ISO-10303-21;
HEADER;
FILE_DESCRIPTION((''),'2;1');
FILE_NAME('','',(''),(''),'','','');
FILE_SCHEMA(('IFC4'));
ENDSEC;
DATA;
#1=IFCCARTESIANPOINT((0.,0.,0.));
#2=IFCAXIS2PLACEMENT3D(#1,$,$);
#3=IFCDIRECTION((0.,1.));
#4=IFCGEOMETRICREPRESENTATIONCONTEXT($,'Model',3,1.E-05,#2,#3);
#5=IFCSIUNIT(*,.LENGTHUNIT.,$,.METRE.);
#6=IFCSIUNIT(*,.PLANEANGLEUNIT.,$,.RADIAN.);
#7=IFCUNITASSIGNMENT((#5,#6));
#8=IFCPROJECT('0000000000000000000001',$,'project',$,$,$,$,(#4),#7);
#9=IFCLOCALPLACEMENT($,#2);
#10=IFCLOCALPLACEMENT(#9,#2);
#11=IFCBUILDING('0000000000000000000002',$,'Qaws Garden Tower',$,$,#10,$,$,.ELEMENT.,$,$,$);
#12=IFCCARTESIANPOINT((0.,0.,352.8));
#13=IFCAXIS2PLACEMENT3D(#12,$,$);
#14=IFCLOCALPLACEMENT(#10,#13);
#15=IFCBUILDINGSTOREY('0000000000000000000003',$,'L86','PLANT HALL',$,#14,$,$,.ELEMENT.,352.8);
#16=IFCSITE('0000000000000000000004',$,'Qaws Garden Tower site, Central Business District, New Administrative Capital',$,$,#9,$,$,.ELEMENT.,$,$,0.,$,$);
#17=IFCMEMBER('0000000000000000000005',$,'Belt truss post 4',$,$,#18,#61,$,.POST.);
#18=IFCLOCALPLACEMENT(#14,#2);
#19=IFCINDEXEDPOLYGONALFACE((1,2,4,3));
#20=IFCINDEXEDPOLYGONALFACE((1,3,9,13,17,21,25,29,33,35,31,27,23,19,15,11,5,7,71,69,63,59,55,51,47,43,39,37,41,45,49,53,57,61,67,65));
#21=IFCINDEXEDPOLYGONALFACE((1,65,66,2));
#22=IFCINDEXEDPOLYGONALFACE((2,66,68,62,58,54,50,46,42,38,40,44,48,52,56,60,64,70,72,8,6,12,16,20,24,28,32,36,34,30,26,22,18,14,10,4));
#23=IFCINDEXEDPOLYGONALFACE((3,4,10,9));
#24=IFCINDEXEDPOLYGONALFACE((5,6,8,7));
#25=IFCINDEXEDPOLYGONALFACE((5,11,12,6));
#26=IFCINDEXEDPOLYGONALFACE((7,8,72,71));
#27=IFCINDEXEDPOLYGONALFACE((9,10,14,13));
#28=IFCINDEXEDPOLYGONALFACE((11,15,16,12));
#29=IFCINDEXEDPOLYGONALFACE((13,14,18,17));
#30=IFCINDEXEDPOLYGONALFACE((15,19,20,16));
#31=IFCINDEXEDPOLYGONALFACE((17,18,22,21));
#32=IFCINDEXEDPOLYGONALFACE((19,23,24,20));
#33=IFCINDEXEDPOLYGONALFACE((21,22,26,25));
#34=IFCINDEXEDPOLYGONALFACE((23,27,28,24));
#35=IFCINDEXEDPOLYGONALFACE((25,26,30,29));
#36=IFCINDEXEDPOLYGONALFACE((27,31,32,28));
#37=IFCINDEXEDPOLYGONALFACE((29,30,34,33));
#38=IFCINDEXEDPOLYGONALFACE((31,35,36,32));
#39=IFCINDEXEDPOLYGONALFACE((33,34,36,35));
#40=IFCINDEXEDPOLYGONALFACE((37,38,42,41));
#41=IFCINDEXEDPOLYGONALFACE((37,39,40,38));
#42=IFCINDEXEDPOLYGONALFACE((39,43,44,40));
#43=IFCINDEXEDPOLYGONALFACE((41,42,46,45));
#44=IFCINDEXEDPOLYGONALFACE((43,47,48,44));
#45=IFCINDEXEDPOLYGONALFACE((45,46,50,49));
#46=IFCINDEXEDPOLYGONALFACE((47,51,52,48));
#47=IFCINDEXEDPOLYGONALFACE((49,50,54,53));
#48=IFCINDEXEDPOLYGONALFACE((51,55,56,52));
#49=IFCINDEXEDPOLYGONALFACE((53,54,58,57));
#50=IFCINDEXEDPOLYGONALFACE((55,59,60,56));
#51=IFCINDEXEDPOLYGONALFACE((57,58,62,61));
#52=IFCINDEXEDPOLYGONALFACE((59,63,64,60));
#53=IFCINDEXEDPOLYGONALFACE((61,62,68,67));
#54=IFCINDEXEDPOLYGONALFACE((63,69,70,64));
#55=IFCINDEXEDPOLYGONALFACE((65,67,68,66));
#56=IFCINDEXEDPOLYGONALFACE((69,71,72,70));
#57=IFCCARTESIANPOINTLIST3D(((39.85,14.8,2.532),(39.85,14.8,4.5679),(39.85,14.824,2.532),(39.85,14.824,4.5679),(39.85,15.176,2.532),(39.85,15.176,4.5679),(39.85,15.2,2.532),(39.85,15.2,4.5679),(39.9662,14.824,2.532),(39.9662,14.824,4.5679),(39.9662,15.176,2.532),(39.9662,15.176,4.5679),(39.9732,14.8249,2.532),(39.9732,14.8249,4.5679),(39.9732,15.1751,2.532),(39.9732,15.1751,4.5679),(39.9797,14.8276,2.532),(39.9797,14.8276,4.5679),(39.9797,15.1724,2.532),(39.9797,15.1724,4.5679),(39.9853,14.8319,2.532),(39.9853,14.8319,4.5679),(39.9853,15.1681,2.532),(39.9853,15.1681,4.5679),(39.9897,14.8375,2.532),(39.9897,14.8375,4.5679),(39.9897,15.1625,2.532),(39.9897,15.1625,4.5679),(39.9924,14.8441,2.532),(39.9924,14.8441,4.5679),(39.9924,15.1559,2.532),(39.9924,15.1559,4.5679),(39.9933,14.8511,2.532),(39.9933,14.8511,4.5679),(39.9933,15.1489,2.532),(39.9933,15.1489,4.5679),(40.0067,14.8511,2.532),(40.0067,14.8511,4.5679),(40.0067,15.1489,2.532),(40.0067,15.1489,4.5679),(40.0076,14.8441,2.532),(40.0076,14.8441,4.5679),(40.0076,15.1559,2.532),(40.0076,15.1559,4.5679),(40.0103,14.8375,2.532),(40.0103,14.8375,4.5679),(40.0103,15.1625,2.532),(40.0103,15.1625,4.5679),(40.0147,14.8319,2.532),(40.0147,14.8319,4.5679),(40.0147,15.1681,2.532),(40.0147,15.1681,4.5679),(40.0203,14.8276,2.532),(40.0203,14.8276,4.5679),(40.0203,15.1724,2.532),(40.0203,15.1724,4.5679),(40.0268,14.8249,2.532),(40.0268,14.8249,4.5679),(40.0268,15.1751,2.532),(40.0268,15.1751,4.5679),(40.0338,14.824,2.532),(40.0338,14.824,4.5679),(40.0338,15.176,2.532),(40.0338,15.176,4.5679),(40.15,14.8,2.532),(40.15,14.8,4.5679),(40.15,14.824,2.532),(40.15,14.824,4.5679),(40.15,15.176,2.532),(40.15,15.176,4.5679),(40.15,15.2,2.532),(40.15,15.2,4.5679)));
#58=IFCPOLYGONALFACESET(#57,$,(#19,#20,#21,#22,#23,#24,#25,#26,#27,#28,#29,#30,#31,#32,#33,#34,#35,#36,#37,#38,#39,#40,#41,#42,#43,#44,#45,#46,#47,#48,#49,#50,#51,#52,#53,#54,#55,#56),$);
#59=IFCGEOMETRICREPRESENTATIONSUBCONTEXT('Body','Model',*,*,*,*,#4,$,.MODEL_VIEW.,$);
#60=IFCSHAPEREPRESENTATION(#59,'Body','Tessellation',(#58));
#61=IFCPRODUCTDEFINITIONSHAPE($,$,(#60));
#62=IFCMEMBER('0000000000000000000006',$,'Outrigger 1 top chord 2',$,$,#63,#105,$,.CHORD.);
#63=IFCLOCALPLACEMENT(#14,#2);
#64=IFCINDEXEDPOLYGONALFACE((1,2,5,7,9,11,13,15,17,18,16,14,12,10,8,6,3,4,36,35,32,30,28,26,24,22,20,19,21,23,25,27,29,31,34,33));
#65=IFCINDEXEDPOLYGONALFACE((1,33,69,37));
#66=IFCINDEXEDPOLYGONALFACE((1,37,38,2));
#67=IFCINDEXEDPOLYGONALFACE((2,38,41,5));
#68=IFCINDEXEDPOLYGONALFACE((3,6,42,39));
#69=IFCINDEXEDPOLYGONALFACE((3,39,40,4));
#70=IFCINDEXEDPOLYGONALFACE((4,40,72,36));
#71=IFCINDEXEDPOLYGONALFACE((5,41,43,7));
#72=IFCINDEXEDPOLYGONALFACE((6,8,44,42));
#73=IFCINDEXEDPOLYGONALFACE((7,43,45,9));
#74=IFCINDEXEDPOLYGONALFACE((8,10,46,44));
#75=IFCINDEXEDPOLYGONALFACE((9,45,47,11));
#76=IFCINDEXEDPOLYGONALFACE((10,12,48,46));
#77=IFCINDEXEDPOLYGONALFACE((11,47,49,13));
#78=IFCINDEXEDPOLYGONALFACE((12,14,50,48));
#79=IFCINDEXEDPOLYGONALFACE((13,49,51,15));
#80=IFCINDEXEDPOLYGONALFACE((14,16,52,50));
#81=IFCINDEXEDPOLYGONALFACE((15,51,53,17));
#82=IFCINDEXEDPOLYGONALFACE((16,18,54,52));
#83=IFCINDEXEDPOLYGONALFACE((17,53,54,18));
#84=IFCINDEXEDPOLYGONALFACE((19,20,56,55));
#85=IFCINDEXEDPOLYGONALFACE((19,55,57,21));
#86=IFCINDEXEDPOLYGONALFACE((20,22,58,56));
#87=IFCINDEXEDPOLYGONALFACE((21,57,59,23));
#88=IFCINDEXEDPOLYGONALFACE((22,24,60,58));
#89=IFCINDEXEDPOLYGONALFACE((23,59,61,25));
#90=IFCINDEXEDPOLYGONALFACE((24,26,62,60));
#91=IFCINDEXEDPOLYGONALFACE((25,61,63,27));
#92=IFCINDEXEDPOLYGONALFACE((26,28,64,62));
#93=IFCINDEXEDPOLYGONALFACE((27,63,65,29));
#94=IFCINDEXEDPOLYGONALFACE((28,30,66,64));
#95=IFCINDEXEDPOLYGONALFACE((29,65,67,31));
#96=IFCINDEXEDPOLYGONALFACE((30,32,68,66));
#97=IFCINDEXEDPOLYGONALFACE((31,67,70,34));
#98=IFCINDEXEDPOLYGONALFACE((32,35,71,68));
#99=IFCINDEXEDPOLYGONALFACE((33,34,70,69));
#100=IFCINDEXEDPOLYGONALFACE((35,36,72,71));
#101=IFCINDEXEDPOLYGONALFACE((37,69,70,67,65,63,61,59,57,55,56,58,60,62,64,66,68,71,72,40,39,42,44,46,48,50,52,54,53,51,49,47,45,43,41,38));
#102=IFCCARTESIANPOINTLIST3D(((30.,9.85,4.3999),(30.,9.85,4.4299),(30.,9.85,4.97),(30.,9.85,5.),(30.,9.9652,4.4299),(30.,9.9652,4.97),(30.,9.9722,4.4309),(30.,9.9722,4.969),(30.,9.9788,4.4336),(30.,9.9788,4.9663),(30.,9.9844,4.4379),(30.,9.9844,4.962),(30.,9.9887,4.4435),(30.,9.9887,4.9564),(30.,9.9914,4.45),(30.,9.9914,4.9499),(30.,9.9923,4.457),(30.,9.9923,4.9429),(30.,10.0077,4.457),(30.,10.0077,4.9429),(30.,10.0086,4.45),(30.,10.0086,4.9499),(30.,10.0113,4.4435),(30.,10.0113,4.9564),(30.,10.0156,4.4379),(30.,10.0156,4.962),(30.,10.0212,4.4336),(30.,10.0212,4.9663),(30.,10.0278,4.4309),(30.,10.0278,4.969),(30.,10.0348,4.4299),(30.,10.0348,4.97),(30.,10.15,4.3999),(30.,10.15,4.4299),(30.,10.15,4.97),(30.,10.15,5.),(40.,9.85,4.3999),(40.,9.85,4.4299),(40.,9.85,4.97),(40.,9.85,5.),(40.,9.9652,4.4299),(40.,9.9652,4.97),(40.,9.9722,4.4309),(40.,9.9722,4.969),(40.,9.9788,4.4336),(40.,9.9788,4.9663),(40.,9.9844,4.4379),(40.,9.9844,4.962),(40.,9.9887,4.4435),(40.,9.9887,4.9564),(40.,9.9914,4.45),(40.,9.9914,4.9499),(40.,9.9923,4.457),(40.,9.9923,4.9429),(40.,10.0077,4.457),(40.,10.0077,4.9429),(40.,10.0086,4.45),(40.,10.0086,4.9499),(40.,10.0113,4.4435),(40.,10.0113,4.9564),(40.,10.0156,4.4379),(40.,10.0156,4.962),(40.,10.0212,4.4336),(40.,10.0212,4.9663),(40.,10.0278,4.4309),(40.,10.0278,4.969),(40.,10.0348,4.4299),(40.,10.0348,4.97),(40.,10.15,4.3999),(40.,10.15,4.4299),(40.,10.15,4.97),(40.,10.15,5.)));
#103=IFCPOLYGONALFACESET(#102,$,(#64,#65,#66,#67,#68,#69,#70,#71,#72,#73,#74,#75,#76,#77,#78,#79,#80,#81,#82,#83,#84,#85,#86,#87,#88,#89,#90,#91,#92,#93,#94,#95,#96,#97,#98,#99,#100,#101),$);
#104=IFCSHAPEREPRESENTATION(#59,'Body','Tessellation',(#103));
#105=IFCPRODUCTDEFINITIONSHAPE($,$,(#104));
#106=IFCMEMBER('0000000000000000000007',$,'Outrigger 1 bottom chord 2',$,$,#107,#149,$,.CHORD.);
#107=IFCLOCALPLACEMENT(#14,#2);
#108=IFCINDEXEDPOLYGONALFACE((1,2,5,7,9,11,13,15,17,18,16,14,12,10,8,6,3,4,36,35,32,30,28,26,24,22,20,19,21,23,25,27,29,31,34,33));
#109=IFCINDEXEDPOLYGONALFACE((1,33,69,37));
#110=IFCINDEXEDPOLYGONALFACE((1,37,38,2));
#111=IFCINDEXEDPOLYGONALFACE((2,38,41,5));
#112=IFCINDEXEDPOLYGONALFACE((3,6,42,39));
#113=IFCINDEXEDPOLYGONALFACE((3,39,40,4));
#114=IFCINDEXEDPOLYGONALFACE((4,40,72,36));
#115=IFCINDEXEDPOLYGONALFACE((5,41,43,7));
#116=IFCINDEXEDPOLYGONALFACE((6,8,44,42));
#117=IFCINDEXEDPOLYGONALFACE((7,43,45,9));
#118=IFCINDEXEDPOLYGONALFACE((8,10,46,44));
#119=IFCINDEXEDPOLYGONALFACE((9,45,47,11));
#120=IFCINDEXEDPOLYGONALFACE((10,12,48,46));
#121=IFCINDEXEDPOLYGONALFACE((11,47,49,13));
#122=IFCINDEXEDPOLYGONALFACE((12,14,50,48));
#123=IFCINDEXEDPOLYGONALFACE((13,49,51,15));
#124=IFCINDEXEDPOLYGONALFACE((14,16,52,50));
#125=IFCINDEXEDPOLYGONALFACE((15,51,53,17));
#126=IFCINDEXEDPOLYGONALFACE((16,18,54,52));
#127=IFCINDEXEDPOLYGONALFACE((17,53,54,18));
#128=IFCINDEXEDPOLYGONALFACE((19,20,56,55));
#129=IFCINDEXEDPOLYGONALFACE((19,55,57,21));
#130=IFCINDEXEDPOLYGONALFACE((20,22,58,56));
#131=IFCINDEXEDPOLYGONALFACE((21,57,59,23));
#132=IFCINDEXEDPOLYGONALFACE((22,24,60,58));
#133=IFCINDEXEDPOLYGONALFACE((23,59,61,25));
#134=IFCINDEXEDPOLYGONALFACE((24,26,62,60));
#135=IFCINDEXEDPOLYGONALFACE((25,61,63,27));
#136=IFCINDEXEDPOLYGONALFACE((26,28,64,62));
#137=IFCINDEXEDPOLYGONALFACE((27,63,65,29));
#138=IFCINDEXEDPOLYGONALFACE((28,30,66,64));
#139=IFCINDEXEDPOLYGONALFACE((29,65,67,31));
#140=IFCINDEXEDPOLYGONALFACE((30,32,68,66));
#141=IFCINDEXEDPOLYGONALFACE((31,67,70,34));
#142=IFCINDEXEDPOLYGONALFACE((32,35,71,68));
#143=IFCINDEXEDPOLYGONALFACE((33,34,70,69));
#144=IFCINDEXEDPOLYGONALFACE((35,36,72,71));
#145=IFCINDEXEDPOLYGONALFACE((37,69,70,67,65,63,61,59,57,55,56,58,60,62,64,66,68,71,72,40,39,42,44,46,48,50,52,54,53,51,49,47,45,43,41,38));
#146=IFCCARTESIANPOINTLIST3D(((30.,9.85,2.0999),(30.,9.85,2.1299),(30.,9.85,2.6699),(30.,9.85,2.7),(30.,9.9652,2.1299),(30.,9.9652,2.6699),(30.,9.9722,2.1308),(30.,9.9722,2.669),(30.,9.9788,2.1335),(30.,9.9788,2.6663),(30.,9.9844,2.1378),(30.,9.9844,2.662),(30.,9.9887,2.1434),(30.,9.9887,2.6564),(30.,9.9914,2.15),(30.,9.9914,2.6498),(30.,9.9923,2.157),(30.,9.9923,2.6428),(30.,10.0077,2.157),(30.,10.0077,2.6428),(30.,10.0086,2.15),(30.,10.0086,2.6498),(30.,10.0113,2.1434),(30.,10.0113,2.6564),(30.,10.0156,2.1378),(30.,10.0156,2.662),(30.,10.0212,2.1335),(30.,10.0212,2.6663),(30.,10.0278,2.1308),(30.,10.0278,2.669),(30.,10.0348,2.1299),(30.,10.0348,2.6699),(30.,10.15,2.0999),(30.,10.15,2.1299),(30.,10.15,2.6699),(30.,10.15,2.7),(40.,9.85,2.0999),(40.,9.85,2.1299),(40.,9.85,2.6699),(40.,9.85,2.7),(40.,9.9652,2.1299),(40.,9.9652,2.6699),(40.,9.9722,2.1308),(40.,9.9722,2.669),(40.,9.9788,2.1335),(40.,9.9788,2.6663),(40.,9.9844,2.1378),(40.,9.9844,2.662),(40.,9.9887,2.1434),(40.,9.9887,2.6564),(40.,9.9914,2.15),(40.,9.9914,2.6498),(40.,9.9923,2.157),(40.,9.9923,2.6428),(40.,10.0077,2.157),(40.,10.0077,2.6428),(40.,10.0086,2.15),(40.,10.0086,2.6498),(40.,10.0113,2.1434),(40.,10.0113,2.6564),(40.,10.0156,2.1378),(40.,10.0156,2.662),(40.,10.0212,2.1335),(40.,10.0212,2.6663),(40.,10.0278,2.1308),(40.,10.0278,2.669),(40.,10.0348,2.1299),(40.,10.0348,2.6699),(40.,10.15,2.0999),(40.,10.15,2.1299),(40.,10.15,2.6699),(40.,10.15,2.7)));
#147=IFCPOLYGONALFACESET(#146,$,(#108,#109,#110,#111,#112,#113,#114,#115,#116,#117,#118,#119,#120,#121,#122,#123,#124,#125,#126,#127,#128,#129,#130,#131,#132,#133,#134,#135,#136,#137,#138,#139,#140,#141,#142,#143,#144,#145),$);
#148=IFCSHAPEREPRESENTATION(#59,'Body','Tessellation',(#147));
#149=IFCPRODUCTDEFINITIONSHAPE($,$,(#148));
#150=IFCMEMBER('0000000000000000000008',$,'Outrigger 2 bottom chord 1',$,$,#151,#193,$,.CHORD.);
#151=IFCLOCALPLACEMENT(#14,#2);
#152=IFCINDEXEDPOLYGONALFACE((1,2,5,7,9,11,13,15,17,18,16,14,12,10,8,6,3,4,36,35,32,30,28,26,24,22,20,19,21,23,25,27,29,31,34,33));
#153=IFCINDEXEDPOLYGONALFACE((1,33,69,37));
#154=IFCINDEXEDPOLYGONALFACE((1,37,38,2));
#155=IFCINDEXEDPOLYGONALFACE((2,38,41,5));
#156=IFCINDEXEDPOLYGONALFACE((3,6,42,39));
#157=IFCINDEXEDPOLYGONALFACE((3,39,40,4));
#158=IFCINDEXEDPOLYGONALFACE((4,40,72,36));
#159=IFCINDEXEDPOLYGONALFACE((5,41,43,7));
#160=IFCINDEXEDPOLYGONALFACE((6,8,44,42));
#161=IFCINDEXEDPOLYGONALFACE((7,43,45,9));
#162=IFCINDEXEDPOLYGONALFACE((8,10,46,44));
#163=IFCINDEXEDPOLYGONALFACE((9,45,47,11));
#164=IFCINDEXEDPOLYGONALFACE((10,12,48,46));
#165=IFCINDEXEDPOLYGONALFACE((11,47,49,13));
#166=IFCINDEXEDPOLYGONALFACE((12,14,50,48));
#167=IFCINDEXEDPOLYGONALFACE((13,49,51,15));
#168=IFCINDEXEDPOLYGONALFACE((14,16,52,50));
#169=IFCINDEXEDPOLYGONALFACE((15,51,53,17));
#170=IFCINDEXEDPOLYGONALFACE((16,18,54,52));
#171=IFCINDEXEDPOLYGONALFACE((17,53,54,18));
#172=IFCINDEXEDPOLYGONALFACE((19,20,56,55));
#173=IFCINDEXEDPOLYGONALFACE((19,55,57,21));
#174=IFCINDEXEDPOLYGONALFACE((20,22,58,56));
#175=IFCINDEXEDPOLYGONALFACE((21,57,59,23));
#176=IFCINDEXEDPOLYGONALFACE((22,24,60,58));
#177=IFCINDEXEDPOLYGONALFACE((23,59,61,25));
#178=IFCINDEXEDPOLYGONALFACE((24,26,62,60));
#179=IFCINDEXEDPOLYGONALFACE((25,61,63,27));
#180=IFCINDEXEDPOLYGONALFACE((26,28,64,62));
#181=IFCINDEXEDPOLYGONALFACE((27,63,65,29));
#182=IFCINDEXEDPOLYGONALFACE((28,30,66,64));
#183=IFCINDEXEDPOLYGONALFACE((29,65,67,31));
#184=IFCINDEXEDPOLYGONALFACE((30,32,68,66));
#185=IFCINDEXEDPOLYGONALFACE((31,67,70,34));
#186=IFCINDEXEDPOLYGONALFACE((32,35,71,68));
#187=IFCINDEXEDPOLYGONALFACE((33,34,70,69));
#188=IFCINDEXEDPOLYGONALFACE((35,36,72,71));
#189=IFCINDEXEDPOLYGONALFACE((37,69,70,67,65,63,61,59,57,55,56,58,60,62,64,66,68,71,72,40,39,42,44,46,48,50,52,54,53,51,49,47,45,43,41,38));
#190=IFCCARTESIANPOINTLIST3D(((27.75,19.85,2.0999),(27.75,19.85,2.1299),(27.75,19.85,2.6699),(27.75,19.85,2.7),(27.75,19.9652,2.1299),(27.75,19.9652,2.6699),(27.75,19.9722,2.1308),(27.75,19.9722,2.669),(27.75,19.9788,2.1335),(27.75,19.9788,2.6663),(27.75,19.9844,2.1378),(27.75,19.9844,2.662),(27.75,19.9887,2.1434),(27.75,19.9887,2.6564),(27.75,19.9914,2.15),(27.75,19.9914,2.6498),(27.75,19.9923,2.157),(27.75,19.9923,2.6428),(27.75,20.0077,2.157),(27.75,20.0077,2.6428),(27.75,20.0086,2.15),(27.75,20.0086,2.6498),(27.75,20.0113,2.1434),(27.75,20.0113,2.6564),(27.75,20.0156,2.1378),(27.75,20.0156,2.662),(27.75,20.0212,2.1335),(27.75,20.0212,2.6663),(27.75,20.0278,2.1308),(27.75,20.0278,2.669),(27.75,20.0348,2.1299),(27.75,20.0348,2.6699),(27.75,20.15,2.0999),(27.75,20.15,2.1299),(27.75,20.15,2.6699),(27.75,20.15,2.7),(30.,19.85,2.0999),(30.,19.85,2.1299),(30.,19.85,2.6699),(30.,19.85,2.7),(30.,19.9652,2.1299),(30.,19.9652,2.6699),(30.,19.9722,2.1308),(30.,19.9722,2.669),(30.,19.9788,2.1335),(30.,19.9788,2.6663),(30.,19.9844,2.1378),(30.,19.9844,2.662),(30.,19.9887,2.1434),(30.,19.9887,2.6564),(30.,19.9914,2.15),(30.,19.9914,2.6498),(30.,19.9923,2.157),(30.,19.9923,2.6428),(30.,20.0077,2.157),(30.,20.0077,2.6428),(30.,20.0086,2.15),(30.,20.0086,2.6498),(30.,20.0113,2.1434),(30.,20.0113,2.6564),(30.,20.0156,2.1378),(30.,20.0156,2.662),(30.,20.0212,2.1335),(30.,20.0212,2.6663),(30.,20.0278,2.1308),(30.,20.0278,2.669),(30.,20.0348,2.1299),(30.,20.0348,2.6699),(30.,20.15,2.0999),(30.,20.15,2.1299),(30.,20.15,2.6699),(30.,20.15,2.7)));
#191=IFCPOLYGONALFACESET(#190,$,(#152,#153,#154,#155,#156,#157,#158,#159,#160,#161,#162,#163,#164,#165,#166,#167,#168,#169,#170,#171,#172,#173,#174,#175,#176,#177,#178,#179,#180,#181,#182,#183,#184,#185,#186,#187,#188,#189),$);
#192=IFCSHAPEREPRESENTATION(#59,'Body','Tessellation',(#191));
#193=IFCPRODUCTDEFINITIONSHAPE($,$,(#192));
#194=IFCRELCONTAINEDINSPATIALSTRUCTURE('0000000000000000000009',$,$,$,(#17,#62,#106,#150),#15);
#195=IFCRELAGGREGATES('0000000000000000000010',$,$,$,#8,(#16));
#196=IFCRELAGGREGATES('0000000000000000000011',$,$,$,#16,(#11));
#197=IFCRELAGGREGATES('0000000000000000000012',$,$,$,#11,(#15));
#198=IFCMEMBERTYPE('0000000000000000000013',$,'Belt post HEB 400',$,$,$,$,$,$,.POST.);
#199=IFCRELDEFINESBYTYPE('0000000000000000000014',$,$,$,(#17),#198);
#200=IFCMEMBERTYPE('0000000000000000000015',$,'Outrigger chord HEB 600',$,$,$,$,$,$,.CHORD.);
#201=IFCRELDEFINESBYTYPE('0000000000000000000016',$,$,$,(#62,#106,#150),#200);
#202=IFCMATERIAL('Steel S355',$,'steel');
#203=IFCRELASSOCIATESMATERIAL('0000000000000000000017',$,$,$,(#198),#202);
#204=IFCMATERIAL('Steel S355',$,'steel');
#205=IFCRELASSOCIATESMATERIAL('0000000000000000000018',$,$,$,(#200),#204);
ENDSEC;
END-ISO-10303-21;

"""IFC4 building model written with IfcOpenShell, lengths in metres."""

from ifc_helpers import new_model, si_unit, direction, frame, origin, origin_2d, place, context, subcontext, project, spatial, i_section, extrude, material, material_profile, profile_set, type_object, element, save


model = new_model("IFC4")

# Units and contexts
model_context = context("Model", 3, precision=1e-05, world=origin(), true_north=direction((0.0, 1.0)))
body_context = subcontext(model_context, "Body", "Model", "MODEL_VIEW")
ifc_project = project(units=[si_unit("LENGTHUNIT", "METRE"), si_unit("PLANEANGLEUNIT", "RADIAN")], contexts=[model_context])

# Site, building, storey
site_placement = place(None, origin())
site = spatial("IfcSite", under=ifc_project, at=site_placement, Name="Qaws Garden Tower site, Central Business District, New Administrative Capital", CompositionType="ELEMENT", RefElevation=0.0)
building_placement = place(site_placement, origin())
building = spatial("IfcBuilding", under=site, at=building_placement, Name="Qaws Garden Tower", CompositionType="ELEMENT")
storey_placement = place(building_placement, frame((0.0, 0.0, 352.8)))
storey = spatial("IfcBuildingStorey", under=building, at=storey_placement, Name="L86", Description="PLANT HALL", CompositionType="ELEMENT", Elevation=352.8)

# Members
ifc_material_1 = material(Name="Steel S355", Category="steel")
ifc_material_profile_1 = material_profile(ifc_material_1, i_section(OverallWidth=0.3, OverallDepth=0.3999, WebThickness=0.0134, FlangeThickness=0.0239, FilletRadius=0.0271, at=origin_2d()), Name="HEB 400")
ifc_profile_set_1 = profile_set([ifc_material_profile_1], Name="Steel S355")
member_type_1 = type_object("IfcMemberType", Name="Belt post HEB 400", PredefinedType="POST", material=ifc_profile_set_1)
member_1_placement = place(storey_placement, frame((40.0, 15.0, 2.532), z_axis=(0.0, 0.0, 1.0), x_axis=(1.0, 0.0, 0.0)))
element("IfcMember", 1, at=member_1_placement, inside=storey, type_object=member_type_1, Name="Belt truss post 4", PredefinedType="POST", context=body_context, shape_type="SweptSolid", body=[
    extrude(i_section(OverallWidth=0.3, OverallDepth=0.3999, WebThickness=0.0134, FlangeThickness=0.0239, FilletRadius=0.0271, at=origin_2d()), origin(), (0.0, 0.0, 1.0), 2.0359),
])
ifc_material_2 = material(Name="Steel S355", Category="steel")
ifc_material_profile_2 = material_profile(ifc_material_2, i_section(OverallWidth=0.3, OverallDepth=0.6001, WebThickness=0.0154, FlangeThickness=0.03, FilletRadius=0.0271, at=origin_2d()), Name="HEB 600")
ifc_profile_set_2 = profile_set([ifc_material_profile_2], Name="Steel S355")
member_type_2 = type_object("IfcMemberType", Name="Outrigger chord HEB 600", PredefinedType="CHORD", material=ifc_profile_set_2)
for number, where, z_axis, x_axis, name in (
    (2, (30.0, 10.0, 4.7), (1.0, 0.0, 0.0), (0.0, 1.0, 0.0), "Outrigger 1 top chord 2"),
    (3, (30.0, 10.0, 2.3999), (1.0, 0.0, 0.0), (0.0, 1.0, 0.0), "Outrigger 1 bottom chord 2"),
):
    element("IfcMember", number, at=place(storey_placement, frame(where, z_axis=z_axis, x_axis=x_axis)), inside=storey, type_object=member_type_2, Name=name, PredefinedType="CHORD", context=body_context, shape_type="SweptSolid", body=[
        extrude(i_section(OverallWidth=0.3, OverallDepth=0.6001, WebThickness=0.0154, FlangeThickness=0.03, FilletRadius=0.0271, at=origin_2d()), origin(), (0.0, 0.0, 1.0), 10.0),
    ])
member_2_placement = place(storey_placement, frame((27.75, 20.0, 2.3999), z_axis=(1.0, 0.0, 0.0), x_axis=(0.0, 1.0, 0.0)))
element("IfcMember", 4, at=member_2_placement, inside=storey, type_object=member_type_2, Name="Outrigger 2 bottom chord 1", PredefinedType="CHORD", context=body_context, shape_type="SweptSolid", body=[
    extrude(i_section(OverallWidth=0.3, OverallDepth=0.6001, WebThickness=0.0154, FlangeThickness=0.03, FilletRadius=0.0271, at=origin_2d()), origin(), (0.0, 0.0, 1.0), 2.25),
])

save(model, "model.ifc")
